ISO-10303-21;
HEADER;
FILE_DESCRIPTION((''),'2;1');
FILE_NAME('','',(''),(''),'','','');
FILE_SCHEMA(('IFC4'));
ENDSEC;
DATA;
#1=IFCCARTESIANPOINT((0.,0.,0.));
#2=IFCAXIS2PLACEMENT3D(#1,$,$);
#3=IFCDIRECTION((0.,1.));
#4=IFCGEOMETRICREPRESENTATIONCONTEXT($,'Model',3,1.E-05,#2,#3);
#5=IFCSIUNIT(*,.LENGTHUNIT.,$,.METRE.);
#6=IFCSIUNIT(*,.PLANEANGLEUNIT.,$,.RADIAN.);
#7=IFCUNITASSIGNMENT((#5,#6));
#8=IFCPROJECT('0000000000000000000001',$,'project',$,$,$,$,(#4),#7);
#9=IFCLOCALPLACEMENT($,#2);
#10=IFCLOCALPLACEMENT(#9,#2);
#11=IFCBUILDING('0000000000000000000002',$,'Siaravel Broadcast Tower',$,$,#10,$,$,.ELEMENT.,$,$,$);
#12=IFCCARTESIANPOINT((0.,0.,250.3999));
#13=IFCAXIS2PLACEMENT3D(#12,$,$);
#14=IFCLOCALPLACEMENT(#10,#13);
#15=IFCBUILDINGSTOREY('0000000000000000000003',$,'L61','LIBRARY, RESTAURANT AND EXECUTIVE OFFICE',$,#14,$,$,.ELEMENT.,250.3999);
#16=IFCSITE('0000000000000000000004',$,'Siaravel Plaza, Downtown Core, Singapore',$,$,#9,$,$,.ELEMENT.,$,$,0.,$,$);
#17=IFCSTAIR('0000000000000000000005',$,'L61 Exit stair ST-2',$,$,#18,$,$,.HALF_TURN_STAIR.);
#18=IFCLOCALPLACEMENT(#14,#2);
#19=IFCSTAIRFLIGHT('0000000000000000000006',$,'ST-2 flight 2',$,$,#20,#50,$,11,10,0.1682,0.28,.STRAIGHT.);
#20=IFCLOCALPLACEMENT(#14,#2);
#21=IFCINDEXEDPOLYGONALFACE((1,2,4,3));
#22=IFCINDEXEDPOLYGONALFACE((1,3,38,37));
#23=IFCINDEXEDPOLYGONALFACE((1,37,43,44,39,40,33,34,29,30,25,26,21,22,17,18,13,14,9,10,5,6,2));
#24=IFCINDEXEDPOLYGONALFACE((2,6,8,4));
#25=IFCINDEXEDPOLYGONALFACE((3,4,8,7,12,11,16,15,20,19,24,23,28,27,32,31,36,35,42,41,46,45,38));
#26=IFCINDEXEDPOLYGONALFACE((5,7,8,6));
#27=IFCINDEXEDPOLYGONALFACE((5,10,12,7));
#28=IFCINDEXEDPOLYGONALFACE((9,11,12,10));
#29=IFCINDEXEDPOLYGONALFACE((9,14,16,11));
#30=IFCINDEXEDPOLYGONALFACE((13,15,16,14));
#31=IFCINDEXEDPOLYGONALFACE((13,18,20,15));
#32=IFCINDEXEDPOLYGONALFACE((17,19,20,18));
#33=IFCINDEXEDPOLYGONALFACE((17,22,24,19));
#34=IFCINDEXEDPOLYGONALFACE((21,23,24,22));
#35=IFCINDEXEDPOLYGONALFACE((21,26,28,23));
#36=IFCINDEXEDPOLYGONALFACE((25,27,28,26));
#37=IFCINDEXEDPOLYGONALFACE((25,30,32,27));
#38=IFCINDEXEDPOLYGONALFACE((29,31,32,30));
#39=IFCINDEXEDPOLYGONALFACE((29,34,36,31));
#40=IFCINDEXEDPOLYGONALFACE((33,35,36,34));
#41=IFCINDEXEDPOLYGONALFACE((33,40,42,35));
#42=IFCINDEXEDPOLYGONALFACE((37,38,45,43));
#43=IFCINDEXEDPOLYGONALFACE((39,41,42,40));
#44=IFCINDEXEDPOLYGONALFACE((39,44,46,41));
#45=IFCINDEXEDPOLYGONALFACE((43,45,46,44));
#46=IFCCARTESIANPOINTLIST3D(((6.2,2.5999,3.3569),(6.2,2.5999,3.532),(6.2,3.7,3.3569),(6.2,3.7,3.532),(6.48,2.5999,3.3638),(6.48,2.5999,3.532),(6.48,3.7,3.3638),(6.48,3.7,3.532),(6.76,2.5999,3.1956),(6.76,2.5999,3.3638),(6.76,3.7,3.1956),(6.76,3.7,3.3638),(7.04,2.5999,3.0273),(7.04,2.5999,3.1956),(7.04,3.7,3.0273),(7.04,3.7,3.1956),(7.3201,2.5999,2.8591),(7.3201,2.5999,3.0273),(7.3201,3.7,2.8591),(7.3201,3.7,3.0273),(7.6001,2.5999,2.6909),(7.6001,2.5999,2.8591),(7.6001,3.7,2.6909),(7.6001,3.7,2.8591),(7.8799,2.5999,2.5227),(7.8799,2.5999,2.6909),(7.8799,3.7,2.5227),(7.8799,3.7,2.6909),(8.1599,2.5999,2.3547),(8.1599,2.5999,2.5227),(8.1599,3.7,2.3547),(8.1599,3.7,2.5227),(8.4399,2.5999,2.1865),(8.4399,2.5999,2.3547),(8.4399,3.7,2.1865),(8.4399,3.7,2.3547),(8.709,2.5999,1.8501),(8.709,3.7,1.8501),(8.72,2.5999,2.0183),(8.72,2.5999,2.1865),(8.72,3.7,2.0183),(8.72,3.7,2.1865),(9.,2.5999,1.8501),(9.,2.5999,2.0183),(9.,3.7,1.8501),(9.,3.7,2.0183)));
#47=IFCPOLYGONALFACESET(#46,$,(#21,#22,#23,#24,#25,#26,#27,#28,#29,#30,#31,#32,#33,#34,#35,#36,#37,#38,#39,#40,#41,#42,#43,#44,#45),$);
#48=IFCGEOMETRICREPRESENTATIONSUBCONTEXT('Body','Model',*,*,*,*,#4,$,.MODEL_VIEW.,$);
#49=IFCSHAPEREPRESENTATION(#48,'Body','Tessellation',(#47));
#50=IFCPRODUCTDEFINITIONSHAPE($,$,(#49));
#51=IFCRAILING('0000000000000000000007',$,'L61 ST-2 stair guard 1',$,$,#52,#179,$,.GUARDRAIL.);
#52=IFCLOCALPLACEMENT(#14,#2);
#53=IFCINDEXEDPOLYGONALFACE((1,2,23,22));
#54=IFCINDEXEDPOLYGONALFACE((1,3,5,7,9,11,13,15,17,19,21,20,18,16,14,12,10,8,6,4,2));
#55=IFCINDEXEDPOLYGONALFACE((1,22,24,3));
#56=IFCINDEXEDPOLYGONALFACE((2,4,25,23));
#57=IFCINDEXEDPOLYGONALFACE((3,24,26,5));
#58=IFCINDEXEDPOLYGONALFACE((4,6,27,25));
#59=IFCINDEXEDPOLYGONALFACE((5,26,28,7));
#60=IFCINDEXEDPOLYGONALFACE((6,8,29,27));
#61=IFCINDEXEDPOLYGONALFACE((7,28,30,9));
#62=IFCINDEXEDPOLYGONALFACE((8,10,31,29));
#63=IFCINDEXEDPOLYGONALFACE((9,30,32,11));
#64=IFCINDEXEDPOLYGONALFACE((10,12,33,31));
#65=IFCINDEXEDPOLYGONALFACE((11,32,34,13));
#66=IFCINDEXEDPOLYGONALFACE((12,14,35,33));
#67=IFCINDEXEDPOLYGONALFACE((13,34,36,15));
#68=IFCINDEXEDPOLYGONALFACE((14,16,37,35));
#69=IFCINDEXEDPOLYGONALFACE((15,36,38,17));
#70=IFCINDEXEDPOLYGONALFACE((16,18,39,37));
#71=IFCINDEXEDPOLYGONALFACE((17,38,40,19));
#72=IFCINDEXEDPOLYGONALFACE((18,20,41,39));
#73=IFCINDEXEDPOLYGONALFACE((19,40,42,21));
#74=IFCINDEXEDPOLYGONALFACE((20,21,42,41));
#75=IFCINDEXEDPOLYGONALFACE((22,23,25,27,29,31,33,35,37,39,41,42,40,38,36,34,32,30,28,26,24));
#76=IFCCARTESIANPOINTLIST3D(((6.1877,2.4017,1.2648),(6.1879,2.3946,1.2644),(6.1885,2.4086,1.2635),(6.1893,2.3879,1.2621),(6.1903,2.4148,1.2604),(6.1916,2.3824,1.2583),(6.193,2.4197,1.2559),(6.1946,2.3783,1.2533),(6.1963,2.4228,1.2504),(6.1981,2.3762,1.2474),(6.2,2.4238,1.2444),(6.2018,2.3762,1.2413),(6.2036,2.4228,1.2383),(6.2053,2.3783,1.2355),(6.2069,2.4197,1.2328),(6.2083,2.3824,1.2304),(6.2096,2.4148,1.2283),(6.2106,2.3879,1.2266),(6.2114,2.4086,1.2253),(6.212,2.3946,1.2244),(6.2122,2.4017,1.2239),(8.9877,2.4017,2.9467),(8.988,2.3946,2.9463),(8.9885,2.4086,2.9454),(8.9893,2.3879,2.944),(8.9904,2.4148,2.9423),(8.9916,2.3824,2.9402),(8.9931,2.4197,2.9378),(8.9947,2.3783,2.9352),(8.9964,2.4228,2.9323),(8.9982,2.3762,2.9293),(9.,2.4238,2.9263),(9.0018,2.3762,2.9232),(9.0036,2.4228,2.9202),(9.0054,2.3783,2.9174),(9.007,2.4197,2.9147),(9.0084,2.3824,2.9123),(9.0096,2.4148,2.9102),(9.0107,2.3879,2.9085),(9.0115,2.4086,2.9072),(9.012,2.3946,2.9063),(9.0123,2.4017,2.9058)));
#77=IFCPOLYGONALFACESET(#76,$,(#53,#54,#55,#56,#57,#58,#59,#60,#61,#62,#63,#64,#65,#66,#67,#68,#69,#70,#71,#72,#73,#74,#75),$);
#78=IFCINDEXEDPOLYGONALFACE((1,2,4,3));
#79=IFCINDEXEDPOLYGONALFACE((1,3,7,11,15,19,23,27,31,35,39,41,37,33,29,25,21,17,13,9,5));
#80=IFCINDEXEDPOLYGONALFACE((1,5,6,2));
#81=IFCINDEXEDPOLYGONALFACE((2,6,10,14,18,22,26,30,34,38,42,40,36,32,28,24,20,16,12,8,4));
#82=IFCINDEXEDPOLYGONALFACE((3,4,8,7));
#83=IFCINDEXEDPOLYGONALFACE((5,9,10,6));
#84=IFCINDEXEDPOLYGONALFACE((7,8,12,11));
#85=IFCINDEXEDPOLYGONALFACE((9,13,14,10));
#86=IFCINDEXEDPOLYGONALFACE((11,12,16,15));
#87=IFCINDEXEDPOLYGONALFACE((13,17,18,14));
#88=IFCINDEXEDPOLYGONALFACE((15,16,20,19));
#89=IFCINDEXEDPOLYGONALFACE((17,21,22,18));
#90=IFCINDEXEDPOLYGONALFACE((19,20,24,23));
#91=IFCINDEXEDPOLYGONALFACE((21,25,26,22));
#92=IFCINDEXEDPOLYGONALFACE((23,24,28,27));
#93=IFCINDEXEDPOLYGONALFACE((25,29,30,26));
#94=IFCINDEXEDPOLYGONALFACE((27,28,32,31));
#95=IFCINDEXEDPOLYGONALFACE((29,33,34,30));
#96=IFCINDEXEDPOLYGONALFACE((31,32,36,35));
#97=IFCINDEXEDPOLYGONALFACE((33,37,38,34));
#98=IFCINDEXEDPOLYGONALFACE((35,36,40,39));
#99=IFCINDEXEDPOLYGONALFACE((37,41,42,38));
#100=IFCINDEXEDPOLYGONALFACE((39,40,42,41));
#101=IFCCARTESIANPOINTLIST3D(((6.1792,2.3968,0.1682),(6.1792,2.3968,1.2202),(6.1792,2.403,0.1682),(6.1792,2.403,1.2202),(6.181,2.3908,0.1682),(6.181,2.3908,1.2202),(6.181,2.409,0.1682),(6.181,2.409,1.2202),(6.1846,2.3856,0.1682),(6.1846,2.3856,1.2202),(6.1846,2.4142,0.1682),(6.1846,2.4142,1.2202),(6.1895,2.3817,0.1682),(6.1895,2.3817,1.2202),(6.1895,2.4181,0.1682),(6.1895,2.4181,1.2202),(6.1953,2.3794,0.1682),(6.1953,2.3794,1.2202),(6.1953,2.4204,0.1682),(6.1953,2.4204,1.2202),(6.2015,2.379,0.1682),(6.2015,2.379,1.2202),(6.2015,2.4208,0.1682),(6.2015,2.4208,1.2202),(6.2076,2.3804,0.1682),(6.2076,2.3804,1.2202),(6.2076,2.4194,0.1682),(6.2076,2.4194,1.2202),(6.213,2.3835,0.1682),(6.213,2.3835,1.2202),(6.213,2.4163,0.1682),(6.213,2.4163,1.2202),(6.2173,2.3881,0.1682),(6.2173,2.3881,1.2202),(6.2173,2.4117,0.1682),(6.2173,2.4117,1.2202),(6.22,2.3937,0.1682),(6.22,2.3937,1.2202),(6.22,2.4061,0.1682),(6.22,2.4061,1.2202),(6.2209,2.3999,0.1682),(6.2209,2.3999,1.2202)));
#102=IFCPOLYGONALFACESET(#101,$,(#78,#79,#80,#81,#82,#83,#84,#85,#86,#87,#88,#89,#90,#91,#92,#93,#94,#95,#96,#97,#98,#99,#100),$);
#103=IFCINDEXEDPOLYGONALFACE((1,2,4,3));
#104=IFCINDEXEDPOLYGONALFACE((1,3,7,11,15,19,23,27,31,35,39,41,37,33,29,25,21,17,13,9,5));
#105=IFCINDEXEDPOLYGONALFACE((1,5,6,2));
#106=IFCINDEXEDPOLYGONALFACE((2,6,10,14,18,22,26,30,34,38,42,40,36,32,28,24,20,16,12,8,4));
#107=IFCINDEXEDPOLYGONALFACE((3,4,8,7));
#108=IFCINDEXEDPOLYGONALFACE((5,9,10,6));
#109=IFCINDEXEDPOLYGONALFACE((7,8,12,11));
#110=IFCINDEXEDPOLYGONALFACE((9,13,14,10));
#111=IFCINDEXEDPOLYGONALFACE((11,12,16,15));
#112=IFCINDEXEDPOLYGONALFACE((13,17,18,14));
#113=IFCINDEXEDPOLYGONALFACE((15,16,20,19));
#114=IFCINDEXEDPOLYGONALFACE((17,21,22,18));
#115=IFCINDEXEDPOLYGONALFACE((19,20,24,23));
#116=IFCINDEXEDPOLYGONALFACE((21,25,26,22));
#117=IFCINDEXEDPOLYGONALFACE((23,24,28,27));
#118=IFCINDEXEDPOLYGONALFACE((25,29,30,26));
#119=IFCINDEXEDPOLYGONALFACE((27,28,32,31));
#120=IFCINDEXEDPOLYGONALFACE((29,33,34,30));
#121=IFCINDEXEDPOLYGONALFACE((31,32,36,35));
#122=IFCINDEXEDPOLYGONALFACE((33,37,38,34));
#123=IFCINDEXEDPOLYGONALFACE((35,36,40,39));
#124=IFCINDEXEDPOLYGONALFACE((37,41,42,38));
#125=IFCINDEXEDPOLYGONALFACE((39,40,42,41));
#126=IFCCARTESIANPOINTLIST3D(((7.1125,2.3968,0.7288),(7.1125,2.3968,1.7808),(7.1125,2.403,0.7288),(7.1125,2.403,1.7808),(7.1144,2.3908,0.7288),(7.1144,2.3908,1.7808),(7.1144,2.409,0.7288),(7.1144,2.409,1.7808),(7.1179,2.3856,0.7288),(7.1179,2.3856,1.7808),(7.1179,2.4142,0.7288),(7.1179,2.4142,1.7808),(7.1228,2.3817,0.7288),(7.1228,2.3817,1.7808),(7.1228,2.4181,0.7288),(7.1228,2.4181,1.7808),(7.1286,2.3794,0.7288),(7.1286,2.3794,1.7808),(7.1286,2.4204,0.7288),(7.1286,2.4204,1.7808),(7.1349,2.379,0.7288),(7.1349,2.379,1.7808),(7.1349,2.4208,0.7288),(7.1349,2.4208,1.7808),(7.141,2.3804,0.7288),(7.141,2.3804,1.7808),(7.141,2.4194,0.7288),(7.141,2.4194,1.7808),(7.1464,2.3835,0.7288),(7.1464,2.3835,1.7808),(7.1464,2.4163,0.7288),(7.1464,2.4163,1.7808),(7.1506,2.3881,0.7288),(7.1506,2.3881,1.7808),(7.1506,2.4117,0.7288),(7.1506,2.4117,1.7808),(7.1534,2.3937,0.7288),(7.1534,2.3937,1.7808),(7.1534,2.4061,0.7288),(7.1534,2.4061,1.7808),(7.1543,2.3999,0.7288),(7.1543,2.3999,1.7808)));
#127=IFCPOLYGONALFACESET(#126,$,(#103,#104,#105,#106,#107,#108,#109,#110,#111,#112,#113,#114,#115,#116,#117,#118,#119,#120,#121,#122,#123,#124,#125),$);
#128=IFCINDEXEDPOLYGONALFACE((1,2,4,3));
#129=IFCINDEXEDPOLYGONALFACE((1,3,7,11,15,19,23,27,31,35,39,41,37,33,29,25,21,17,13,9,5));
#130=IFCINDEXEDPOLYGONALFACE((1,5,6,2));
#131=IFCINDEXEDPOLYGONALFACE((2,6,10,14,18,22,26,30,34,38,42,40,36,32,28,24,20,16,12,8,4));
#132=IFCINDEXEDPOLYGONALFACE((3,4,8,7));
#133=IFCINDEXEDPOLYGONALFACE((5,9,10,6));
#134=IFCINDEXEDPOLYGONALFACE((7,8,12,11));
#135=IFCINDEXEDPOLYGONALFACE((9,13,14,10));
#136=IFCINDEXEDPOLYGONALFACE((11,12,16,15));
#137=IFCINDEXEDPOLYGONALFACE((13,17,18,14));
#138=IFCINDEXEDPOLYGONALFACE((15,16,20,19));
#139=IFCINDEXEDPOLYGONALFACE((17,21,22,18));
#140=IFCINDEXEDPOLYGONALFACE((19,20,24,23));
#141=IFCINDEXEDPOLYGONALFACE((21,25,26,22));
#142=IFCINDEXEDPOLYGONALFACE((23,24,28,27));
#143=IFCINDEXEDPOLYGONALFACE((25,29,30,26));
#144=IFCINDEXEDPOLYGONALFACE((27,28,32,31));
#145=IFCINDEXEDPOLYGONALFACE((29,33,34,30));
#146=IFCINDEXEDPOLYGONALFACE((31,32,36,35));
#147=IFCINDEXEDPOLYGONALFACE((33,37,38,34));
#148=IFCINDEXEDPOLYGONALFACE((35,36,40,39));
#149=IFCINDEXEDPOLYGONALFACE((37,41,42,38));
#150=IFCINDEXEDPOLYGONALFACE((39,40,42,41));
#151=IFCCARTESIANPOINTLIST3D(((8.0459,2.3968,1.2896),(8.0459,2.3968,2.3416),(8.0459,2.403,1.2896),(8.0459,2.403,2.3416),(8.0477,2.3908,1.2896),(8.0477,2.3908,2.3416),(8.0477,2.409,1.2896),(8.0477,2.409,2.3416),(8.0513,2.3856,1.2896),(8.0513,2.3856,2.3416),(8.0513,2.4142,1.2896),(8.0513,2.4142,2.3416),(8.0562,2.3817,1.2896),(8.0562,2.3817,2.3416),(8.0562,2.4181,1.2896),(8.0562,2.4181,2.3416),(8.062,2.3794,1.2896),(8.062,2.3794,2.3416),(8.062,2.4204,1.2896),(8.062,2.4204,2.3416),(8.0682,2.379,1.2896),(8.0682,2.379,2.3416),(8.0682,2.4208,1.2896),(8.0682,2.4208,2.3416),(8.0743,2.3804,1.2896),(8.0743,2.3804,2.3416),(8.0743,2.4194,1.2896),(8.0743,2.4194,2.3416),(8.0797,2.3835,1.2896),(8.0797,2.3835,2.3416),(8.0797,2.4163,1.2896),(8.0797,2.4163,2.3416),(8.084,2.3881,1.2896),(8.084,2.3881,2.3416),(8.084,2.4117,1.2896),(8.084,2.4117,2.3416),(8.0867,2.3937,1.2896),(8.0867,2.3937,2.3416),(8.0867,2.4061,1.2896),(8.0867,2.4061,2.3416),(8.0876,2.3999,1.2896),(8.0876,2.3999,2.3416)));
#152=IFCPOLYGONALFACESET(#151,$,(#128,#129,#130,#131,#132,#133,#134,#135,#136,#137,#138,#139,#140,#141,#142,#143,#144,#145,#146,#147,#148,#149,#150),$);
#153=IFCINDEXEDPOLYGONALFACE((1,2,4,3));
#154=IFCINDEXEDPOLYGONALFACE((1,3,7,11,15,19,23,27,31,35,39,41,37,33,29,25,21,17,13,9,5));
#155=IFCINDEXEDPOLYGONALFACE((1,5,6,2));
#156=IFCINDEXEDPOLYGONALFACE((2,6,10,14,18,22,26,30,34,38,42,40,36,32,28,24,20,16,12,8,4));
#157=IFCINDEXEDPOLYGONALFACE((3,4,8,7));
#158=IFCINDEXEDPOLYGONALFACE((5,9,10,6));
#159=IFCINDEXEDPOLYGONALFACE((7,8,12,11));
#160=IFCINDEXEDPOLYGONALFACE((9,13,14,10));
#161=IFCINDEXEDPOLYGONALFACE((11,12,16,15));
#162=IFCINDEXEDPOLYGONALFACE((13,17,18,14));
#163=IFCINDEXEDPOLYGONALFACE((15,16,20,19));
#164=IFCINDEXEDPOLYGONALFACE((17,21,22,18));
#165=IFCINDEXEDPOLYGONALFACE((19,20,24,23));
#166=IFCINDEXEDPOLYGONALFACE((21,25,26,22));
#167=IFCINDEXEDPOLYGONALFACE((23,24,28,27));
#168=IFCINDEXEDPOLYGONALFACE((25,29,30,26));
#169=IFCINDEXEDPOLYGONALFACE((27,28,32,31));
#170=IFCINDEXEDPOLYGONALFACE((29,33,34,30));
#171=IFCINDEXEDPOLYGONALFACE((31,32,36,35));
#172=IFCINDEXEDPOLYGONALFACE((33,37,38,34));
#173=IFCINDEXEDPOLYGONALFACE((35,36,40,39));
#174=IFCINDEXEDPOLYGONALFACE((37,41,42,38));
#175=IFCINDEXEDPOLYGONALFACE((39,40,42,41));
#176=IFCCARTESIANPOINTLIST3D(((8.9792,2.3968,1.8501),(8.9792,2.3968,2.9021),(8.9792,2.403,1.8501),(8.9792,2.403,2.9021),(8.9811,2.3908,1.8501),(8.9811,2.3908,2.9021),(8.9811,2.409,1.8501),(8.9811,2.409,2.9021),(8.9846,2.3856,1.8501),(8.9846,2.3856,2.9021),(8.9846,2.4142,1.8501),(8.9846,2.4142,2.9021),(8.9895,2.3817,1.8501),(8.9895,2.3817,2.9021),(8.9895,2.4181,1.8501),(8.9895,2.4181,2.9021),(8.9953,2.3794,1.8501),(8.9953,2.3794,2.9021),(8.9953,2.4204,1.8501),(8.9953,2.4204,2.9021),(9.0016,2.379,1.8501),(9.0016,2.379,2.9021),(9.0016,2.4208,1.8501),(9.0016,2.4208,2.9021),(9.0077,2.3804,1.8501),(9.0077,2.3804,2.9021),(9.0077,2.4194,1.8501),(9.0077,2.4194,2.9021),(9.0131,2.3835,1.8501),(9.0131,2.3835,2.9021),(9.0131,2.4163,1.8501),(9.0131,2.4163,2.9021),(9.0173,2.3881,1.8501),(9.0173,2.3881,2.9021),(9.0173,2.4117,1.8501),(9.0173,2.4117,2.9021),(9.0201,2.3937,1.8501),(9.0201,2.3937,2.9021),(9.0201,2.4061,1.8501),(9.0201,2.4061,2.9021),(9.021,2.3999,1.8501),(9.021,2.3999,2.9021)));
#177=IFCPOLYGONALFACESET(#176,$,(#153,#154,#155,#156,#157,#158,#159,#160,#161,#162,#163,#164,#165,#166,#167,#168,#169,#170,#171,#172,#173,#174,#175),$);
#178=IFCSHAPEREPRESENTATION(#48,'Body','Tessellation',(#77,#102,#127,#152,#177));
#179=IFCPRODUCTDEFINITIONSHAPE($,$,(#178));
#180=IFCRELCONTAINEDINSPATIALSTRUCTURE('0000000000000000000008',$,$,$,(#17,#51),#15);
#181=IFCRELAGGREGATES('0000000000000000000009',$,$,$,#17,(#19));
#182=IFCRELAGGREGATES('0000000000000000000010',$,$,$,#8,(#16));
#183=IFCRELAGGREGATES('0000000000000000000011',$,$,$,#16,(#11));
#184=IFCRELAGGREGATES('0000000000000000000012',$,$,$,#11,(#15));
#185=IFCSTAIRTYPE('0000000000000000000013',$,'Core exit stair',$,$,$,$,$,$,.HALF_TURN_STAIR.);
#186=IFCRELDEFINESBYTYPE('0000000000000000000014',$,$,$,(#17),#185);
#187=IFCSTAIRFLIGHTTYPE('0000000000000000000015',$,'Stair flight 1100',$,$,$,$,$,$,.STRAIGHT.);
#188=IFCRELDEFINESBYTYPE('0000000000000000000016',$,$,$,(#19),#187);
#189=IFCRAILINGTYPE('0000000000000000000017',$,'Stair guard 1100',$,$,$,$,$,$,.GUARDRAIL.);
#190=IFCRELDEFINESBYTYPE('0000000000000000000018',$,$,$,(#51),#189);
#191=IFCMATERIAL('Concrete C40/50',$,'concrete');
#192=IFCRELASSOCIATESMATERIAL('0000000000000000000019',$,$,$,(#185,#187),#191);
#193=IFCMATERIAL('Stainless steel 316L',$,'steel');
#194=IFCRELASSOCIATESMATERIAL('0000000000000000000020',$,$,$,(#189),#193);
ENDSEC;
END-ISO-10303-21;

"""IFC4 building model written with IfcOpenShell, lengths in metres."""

from ifc_helpers import new_model, si_unit, direction, frame, origin, origin_2d, place, context, subcontext, project, spatial, polyline, circle, outline, extrude, material, type_object, element, aggregate, save


model = new_model("IFC4")

# Units and contexts
model_context = context("Model", 3, precision=1e-05, world=origin(), true_north=direction((0.0, 1.0)))
body_context = subcontext(model_context, "Body", "Model", "MODEL_VIEW")
ifc_project = project(units=[si_unit("LENGTHUNIT", "METRE"), si_unit("PLANEANGLEUNIT", "RADIAN")], contexts=[model_context])

# Site, building, storey
site_placement = place(None, origin())
site = spatial("IfcSite", under=ifc_project, at=site_placement, Name="Siaravel Plaza, Downtown Core, Singapore", CompositionType="ELEMENT", RefElevation=0.0)
building_placement = place(site_placement, origin())
building = spatial("IfcBuilding", under=site, at=building_placement, Name="Siaravel Broadcast Tower", CompositionType="ELEMENT")
storey_placement = place(building_placement, frame((0.0, 0.0, 250.3999)))
storey = spatial("IfcBuildingStorey", under=building, at=storey_placement, Name="L61", Description="LIBRARY, RESTAURANT AND EXECUTIVE OFFICE", CompositionType="ELEMENT", Elevation=250.3999)

# Stair, stair flight
ifc_material_1 = material(Name="Concrete C40/50", Category="concrete")
stair_type = type_object("IfcStairType", Name="Core exit stair", PredefinedType="HALF_TURN_STAIR", material=ifc_material_1)
stair_placement = place(storey_placement, origin())
stair = element("IfcStair", 1, at=stair_placement, inside=storey, type_object=stair_type, Name="L61 Exit stair ST-2", PredefinedType="HALF_TURN_STAIR")
stair_flight_type = type_object("IfcStairFlightType", Name="Stair flight 1100", PredefinedType="STRAIGHT", material=ifc_material_1)
stair_flight_1_placement = place(storey_placement, frame((9.0, 3.1499, 1.8501), z_axis=(0.0, 0.0, 1.0), x_axis=(-1.0, 0.0, 0.0)))
stair_flight_1 = element("IfcStairFlight", 2, at=stair_flight_1_placement, type_object=stair_flight_type, Name="ST-2 flight 2", NumberOfRisers=11, NumberOfTreads=10, PredefinedType="STRAIGHT", RiserHeight=0.1682, TreadLength=0.28, context=body_context, shape_type="SweptSolid", body=[
    extrude(outline(polyline([(0.0, 0.0), (0.0, 0.1682), (0.28, 0.1682), (0.28, 0.3364), (0.5601, 0.3364), (0.5601, 0.5046), (0.8401, 0.5046), (0.8401, 0.6726), (1.1201, 0.6726), (1.1201, 0.8408), (1.3999, 0.8408), (1.3999, 1.009), (1.6799, 1.009), (1.6799, 1.1772), (1.96, 1.1772), (1.96, 1.3455), (2.24, 1.3455), (2.24, 1.5137), (2.52, 1.5137), (2.52, 1.6819), (2.8, 1.6819), (2.8, 1.8501), (2.8, 1.5068), (0.291, 0.0), (0.0, 0.0)])), frame((0.0, 0.55, 0.0), z_axis=(0.0, -1.0, 0.0), x_axis=(1.0, 0.0, 0.0)), (0.0, 0.0, 1.0), 1.1001),
])
aggregate(stair, [stair_flight_1])

# Railing
ifc_material_2 = material(Name="Stainless steel 316L", Category="steel")
railing_type_1 = type_object("IfcRailingType", Name="Stair guard 1100", PredefinedType="GUARDRAIL", material=ifc_material_2)
railing_1_placement = place(storey_placement, frame((6.2, 2.3999, 0.1682)))
element("IfcRailing", 3, at=railing_1_placement, inside=storey, type_object=railing_type_1, Name="L61 ST-2 stair guard 1", PredefinedType="GUARDRAIL", context=body_context, shape_type="SweptSolid", body=[
    extrude(circle(Radius=0.0239, at=origin_2d()), frame((0.0, 0.0, 1.0762), z_axis=(0.857242, 0.0, 0.514913), x_axis=(0.0, 1.0, 0.0)), (0.0, 0.0, 1.0), 3.2664),
    extrude(circle(Radius=0.021, at=origin_2d()), origin(), (0.0, 0.0, 1.0), 1.052),
    extrude(circle(Radius=0.021, at=origin_2d()), frame((0.9333, 0.0, 0.5605)), (0.0, 0.0, 1.0), 1.052),
    extrude(circle(Radius=0.021, at=origin_2d()), frame((1.8667, 0.0, 1.1213)), (0.0, 0.0, 1.0), 1.052),
    extrude(circle(Radius=0.021, at=origin_2d()), frame((2.8, 0.0, 1.6819)), (0.0, 0.0, 1.0), 1.052),
])

save(model, "model.ifc")
